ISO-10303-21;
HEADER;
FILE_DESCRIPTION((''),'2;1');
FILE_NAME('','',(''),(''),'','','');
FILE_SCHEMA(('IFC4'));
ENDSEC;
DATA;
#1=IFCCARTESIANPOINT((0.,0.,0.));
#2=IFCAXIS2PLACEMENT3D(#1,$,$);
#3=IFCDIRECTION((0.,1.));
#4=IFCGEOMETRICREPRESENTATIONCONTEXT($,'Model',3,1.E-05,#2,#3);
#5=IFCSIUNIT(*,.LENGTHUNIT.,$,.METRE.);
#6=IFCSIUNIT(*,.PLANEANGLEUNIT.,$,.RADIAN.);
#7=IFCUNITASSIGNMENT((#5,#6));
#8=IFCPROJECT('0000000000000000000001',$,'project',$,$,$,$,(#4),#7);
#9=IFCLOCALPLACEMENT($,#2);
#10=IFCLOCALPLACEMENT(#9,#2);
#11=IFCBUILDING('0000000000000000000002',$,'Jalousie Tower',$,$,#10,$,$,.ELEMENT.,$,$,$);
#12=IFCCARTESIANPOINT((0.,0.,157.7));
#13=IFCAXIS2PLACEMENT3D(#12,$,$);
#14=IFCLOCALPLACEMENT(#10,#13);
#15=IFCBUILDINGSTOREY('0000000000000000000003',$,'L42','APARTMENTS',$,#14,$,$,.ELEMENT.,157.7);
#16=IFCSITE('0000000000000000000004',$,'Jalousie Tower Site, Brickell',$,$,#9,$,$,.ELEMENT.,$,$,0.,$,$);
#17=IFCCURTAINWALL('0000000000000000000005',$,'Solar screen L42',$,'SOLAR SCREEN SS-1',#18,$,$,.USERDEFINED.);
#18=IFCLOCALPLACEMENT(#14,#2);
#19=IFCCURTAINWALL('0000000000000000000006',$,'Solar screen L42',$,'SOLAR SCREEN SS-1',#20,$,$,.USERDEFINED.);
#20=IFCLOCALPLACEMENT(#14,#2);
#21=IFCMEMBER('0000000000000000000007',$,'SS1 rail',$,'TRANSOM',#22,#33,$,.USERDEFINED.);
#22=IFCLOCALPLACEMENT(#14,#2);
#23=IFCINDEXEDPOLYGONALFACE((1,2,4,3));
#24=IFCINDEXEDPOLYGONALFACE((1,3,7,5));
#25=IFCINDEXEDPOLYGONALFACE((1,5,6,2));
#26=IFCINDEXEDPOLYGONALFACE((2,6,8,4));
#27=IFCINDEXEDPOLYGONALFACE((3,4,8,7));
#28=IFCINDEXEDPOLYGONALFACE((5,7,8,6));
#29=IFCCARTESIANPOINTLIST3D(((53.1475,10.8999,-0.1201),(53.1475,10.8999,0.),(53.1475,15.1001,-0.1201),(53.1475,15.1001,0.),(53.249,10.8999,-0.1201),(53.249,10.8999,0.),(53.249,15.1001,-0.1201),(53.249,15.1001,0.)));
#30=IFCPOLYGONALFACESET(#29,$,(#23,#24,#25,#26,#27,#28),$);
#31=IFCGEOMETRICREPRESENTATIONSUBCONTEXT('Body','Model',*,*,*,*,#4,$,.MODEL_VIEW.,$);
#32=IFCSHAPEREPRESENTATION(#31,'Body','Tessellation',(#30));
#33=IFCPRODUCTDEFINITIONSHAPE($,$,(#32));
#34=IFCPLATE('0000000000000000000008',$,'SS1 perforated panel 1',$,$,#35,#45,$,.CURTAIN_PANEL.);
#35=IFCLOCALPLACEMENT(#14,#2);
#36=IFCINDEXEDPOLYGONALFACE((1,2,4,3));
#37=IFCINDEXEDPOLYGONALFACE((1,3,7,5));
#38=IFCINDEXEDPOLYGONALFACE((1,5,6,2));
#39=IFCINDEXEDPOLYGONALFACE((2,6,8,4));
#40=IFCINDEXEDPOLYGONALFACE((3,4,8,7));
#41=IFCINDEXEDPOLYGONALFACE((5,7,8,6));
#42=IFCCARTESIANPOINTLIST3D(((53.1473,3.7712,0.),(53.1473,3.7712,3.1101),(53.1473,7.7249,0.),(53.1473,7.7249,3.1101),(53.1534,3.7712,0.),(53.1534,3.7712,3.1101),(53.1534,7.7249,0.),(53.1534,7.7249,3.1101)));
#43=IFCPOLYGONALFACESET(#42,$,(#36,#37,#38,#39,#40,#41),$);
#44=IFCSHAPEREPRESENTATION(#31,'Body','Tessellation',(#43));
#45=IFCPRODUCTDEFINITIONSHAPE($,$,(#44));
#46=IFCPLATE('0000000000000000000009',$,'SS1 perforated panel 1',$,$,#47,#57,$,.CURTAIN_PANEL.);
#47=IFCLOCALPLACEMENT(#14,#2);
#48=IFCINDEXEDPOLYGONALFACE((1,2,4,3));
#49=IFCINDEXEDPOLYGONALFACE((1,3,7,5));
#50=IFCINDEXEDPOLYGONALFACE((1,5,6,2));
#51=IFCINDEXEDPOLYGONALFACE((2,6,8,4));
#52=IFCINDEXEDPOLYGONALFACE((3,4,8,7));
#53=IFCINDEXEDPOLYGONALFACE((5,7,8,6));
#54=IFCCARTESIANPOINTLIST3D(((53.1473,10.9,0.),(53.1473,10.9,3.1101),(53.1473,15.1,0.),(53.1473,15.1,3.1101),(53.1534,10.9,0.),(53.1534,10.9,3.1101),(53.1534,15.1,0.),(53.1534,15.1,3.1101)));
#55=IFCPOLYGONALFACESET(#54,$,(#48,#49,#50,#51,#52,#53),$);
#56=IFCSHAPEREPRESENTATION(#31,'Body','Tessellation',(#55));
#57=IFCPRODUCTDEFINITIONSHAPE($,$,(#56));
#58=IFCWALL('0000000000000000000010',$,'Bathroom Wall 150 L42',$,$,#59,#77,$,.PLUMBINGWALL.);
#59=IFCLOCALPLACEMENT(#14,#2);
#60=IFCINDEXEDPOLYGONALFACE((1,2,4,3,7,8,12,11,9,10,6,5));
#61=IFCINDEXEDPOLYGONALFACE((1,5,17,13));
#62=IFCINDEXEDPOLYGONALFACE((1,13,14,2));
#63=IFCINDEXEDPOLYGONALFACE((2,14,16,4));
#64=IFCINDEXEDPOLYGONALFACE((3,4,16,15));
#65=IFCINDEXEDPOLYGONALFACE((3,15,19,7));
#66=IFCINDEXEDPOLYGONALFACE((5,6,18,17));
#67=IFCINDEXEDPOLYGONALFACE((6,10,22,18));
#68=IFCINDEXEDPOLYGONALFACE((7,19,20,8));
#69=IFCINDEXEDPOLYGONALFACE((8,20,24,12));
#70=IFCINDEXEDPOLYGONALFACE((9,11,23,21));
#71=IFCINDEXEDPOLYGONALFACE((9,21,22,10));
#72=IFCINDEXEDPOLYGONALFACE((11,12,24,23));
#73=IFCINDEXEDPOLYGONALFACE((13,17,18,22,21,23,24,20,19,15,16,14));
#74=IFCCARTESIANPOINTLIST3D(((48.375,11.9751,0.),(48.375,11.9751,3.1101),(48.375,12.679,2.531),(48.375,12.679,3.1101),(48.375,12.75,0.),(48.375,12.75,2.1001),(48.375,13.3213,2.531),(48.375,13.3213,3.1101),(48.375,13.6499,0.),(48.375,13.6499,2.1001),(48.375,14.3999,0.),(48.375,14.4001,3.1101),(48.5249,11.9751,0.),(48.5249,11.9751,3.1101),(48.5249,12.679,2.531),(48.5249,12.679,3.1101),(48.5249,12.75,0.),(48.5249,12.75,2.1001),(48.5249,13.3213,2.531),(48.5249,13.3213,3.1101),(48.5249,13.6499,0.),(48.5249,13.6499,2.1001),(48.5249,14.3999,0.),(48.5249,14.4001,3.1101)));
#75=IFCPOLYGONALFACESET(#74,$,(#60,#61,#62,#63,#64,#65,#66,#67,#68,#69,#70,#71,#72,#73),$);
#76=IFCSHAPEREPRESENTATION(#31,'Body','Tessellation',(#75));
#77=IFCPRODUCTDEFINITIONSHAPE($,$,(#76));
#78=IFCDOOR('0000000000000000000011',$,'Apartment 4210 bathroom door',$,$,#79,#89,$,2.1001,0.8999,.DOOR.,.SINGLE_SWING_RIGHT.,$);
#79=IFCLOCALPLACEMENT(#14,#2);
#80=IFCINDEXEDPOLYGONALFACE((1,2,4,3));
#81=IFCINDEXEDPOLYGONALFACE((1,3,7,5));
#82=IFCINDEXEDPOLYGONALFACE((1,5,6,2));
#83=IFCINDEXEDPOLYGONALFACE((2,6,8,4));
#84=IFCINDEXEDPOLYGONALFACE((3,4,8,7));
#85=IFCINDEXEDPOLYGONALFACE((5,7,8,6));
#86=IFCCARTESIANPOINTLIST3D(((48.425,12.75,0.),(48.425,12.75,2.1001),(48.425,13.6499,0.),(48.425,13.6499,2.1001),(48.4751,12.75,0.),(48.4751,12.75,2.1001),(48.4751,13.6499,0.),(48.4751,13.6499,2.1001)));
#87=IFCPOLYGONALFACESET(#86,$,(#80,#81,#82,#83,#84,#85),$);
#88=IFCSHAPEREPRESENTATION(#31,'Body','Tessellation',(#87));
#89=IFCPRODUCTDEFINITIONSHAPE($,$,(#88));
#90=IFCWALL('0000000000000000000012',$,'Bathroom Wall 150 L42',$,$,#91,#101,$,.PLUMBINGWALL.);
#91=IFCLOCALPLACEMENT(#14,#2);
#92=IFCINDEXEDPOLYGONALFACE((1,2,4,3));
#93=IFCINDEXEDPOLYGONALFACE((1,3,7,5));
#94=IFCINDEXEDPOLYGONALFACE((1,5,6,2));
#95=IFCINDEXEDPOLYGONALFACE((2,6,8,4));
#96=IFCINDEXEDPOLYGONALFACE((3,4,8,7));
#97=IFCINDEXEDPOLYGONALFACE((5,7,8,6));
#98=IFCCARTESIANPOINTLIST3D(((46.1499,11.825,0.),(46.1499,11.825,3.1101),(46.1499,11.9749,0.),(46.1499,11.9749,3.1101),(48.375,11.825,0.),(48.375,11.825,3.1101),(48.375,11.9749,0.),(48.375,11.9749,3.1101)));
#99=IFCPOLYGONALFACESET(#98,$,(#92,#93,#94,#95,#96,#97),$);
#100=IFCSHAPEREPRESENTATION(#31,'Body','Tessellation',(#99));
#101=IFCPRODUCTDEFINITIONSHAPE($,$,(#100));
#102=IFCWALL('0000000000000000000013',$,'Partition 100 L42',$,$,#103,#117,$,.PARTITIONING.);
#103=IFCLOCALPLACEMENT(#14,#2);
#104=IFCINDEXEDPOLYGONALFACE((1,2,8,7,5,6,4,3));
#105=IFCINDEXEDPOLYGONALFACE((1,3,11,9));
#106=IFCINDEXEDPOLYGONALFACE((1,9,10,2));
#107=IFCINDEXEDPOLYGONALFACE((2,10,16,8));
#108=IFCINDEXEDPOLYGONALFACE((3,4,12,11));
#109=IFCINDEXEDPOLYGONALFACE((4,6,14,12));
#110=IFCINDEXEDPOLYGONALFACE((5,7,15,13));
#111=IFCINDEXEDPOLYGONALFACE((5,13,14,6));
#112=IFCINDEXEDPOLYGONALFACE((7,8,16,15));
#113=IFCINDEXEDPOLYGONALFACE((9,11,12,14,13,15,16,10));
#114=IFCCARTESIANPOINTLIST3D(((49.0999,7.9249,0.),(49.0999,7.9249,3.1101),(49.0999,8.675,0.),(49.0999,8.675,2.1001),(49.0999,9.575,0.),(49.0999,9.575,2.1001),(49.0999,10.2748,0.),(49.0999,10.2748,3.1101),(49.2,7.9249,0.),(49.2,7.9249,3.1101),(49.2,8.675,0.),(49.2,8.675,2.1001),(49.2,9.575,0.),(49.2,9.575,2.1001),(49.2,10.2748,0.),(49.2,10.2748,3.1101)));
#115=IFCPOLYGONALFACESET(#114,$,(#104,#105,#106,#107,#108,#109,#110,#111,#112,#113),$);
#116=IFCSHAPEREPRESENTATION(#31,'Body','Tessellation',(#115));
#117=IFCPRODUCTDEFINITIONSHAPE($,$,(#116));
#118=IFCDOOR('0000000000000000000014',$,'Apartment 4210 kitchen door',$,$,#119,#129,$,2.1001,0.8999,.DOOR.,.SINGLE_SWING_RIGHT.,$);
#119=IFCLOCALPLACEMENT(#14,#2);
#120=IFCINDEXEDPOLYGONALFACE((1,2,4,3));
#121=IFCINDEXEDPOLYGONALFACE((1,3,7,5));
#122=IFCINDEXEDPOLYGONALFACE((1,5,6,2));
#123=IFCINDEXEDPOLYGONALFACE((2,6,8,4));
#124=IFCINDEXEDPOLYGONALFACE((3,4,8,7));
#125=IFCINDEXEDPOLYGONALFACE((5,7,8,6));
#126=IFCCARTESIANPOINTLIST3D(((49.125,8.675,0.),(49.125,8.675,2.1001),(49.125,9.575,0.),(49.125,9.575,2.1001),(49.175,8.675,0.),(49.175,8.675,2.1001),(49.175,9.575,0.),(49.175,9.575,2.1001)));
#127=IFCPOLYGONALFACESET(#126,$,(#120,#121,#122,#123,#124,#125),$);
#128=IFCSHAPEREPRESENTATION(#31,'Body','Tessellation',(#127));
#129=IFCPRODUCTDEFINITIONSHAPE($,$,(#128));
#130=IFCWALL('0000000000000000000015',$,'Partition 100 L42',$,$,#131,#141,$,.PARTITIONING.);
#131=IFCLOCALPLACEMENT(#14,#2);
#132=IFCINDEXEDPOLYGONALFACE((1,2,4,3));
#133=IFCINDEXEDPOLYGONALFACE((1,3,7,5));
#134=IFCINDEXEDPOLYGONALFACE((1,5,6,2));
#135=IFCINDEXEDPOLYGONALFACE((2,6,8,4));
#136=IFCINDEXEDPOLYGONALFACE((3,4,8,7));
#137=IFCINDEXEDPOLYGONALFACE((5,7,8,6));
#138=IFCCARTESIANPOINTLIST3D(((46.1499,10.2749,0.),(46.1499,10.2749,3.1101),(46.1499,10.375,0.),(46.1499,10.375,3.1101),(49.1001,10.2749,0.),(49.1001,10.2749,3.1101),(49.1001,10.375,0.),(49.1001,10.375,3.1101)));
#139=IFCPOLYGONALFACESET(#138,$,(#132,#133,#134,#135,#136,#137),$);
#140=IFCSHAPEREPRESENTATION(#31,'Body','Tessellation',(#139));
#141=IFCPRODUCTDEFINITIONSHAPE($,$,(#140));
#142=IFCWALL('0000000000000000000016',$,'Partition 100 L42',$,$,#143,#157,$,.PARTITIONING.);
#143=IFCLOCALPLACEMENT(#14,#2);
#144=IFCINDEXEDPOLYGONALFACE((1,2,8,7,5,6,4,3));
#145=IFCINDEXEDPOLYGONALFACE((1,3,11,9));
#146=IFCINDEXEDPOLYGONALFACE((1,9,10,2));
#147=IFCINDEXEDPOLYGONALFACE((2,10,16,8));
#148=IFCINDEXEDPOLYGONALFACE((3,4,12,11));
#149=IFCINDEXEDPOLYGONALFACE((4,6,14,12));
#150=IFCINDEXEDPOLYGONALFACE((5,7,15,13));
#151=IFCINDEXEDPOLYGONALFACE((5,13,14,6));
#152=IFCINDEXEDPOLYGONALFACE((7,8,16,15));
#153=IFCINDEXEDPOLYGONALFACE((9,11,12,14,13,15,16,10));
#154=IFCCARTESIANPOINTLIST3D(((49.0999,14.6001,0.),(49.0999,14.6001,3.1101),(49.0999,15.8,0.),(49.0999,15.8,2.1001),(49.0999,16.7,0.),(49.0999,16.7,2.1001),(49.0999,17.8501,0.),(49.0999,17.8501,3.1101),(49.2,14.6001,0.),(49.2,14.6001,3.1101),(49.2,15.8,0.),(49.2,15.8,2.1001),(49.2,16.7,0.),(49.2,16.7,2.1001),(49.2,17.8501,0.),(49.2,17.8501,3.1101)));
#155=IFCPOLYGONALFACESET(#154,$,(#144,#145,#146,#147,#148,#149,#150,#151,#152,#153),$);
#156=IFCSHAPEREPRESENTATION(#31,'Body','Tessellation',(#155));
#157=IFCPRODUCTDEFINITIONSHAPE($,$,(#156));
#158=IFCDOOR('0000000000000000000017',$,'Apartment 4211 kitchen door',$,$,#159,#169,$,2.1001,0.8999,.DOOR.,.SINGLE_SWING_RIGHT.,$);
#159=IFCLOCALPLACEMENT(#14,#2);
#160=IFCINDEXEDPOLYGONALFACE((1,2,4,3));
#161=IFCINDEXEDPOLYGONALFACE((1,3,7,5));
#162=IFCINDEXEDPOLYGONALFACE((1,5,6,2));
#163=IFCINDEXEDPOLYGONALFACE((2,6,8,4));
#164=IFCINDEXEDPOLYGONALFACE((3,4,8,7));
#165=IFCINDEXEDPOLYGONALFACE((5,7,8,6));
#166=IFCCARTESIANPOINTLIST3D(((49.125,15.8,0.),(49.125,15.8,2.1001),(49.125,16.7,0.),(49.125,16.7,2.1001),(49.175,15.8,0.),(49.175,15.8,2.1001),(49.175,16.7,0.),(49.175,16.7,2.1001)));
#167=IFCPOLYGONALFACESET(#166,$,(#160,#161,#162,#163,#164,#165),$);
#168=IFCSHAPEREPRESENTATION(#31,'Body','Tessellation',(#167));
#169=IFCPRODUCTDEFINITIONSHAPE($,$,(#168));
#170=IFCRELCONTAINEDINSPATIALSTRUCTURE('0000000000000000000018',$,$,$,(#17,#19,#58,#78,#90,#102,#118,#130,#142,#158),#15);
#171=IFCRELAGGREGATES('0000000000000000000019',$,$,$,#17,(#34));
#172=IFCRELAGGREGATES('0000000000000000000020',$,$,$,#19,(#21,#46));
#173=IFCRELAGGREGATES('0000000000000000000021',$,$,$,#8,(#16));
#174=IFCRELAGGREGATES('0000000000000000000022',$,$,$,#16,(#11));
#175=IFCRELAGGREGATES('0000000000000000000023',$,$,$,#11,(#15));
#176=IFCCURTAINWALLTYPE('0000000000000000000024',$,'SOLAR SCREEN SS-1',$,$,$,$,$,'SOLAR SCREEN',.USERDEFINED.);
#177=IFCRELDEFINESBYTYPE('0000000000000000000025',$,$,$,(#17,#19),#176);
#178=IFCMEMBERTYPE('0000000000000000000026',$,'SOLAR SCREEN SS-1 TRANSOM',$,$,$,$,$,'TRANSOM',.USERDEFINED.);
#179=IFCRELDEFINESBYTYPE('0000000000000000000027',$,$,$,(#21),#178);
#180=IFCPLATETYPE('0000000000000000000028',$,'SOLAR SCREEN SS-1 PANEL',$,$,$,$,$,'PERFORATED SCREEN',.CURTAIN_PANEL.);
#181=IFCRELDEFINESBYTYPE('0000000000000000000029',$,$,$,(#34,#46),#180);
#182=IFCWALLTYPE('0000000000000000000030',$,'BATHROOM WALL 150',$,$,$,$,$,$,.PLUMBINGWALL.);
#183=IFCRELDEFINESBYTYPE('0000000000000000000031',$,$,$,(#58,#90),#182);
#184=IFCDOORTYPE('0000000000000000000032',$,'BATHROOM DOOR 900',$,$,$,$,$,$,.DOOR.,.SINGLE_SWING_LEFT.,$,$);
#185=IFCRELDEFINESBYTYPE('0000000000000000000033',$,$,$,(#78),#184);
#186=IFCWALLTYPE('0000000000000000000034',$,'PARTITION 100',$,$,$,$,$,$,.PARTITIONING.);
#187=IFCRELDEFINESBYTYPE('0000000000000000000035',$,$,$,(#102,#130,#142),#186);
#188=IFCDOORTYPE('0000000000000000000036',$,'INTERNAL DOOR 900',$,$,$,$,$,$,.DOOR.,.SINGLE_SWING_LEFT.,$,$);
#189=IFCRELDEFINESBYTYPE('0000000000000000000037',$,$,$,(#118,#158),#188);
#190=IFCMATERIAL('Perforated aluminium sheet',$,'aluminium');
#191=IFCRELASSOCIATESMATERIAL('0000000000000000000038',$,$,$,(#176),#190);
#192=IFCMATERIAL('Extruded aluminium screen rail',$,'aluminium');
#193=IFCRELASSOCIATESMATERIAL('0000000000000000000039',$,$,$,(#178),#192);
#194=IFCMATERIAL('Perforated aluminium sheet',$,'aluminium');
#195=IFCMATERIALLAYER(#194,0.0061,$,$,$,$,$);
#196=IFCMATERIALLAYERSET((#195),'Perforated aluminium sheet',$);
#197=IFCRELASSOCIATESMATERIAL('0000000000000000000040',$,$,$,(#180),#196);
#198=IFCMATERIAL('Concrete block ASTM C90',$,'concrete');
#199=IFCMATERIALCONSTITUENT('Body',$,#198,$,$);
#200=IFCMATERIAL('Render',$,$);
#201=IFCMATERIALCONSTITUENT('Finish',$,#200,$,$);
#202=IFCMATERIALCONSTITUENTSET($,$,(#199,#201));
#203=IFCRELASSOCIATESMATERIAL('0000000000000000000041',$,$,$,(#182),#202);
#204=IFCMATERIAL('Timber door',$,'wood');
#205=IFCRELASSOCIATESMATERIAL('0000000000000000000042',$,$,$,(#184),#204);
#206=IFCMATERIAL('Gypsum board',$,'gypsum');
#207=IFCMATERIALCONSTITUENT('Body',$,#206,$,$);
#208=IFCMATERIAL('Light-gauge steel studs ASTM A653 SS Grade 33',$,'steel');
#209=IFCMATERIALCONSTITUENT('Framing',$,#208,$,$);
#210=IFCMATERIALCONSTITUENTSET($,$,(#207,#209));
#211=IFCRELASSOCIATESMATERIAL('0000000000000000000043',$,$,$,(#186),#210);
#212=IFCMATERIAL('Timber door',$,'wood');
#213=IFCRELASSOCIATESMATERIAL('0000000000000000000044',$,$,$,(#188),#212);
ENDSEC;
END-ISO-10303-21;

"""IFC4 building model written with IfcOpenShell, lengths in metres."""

from ifc_helpers import new_model, si_unit, direction, frame, frame_2d, origin, origin_2d, place, context, subcontext, project, spatial, polyline, rectangle, outline, extrude, material, layer, layer_set, constituent, constituent_set, material_profile, profile_set, type_object, element, fill, aggregate, save


model = new_model("IFC4")

# Units and contexts
model_context = context("Model", 3, precision=1e-05, world=origin(), true_north=direction((0.0, 1.0)))
body_context = subcontext(model_context, "Body", "Model", "MODEL_VIEW")
ifc_project = project(units=[si_unit("LENGTHUNIT", "METRE"), si_unit("PLANEANGLEUNIT", "RADIAN")], contexts=[model_context])

# Site, building, storey
site_placement = place(None, origin())
site = spatial("IfcSite", under=ifc_project, at=site_placement, Name="Jalousie Tower Site, Brickell", CompositionType="ELEMENT", RefElevation=0.0)
building_placement = place(site_placement, origin())
building = spatial("IfcBuilding", under=site, at=building_placement, Name="Jalousie Tower", CompositionType="ELEMENT")
storey_placement = place(building_placement, frame((0.0, 0.0, 157.7)))
storey = spatial("IfcBuildingStorey", under=building, at=storey_placement, Name="L42", Description="APARTMENTS", CompositionType="ELEMENT", Elevation=157.7)

# Curtain wall
ifc_material_1 = material(Name="Perforated aluminium sheet", Category="aluminium")
curtain_wall_type = type_object("IfcCurtainWallType", Name="SOLAR SCREEN SS-1", ElementType="SOLAR SCREEN", PredefinedType="USERDEFINED", material=ifc_material_1)
curtain_wall_1_placement = place(storey_placement, origin())
curtain_wall_1 = element("IfcCurtainWall", 1, at=curtain_wall_1_placement, inside=storey, type_object=curtain_wall_type, Name="Solar screen L42", ObjectType="SOLAR SCREEN SS-1", PredefinedType="USERDEFINED")

# Curtain wall, member
curtain_wall_2_placement = place(storey_placement, origin())
curtain_wall_2 = element("IfcCurtainWall", 2, at=curtain_wall_2_placement, inside=storey, type_object=curtain_wall_type, Name="Solar screen L42", ObjectType="SOLAR SCREEN SS-1", PredefinedType="USERDEFINED")
ifc_material_2 = material(Name="Extruded aluminium screen rail", Category="aluminium")
ifc_material_profile_1 = material_profile(ifc_material_2, rectangle(XDim=0.1016, YDim=0.1201, at=origin_2d()), Name="RAIL 102x120")
ifc_profile_set_1 = profile_set([ifc_material_profile_1], Name="Extruded aluminium screen rail")
member_type_1 = type_object("IfcMemberType", Name="SOLAR SCREEN SS-1 TRANSOM", ElementType="TRANSOM", PredefinedType="USERDEFINED", material=ifc_profile_set_1)
member_1_placement = place(storey_placement, frame((53.1982, 10.8999, -0.0601), z_axis=(0.0, 1.0, 0.0), x_axis=(-1.0, 0.0, 0.0)))
member_1 = element("IfcMember", 3, at=member_1_placement, type_object=member_type_1, Name="SS1 rail", ObjectType="TRANSOM", PredefinedType="USERDEFINED", context=body_context, shape_type="SweptSolid", body=[
    extrude(rectangle(XDim=0.1016, YDim=0.1201, at=origin_2d()), origin(), (0.0, 0.0, 1.0), 4.2002),
])

# Plates
ifc_material_3 = material(Name="Perforated aluminium sheet", Category="aluminium")
ifc_layer_1 = layer(ifc_material_3, 0.0061)
ifc_layer_set_1 = layer_set([ifc_layer_1], Name="Perforated aluminium sheet")
plate_type = type_object("IfcPlateType", Name="SOLAR SCREEN SS-1 PANEL", ElementType="PERFORATED SCREEN", PredefinedType="CURTAIN_PANEL", material=ifc_layer_set_1)
plate_1_placement = place(storey_placement, frame((53.1504, 5.748, 0.0), z_axis=(0.0, 0.0, 1.0), x_axis=(0.0, 1.0, 0.0)))
plate_1 = element("IfcPlate", 4, at=plate_1_placement, type_object=plate_type, Name="SS1 perforated panel 1", PredefinedType="CURTAIN_PANEL", context=body_context, shape_type="SweptSolid", body=[
    extrude(rectangle(XDim=3.9536, YDim=0.0061, at=origin_2d()), origin(), (0.0, 0.0, 1.0), 3.1101),
])
aggregate(curtain_wall_1, [plate_1])
plate_2_placement = place(storey_placement, frame((53.1504, 13.0, 0.0), z_axis=(0.0, 0.0, 1.0), x_axis=(0.0, 1.0, 0.0)))
plate_2 = element("IfcPlate", 5, at=plate_2_placement, type_object=plate_type, Name="SS1 perforated panel 1", PredefinedType="CURTAIN_PANEL", context=body_context, shape_type="SweptSolid", body=[
    extrude(rectangle(XDim=4.2, YDim=0.0061, at=origin_2d()), origin(), (0.0, 0.0, 1.0), 3.1101),
])
aggregate(curtain_wall_2, [member_1, plate_2])

# Wall, opening, door
ifc_material_4 = material(Name="Concrete block ASTM C90", Category="concrete")
ifc_constituent_1 = constituent(ifc_material_4, Name="Body")
ifc_material_5 = material(Name="Render")
ifc_constituent_2 = constituent(ifc_material_5, Name="Finish")
ifc_constituent_set_1 = constituent_set(constituents=[ifc_constituent_1, ifc_constituent_2])
wall_type_1 = type_object("IfcWallType", Name="BATHROOM WALL 150", PredefinedType="PLUMBINGWALL", material=ifc_constituent_set_1)
wall_1_placement = place(storey_placement, frame((48.45, 11.9751, 0.0), z_axis=(0.0, 0.0, 1.0), x_axis=(0.0, 1.0, 0.0)))
wall_1 = element("IfcWall", 6, at=wall_1_placement, inside=storey, type_object=wall_type_1, Name="Bathroom Wall 150 L42", PredefinedType="PLUMBINGWALL", context=body_context, shape_type="SweptSolid", body=[
    extrude(outline(polyline([(0.0, 0.0), (2.4248, 0.0), (2.425, 3.1101), (1.3462, 3.1101), (1.3462, 2.531), (0.7039, 2.531), (0.7039, 3.1101), (0.0, 3.1101), (0.0, 0.0)])), frame((0.0, 0.075, 0.0), z_axis=(0.0, -1.0, 0.0), x_axis=(1.0, 0.0, 0.0)), (0.0, 0.0, 1.0), 0.1499),
])
opening_1_placement = place(wall_1_placement, frame((0.7749, 0.0, 0.0)))
opening_1 = element("IfcOpeningElement", 7, at=opening_1_placement, cuts=wall_1, PredefinedType="OPENING", context=body_context, shape_type="SweptSolid", body=[
    extrude(rectangle(XDim=0.8999, YDim=2.1001, at=frame_2d((0.45, 1.05))), frame((0.0, 0.085, 0.0), z_axis=(0.0, -1.0, 0.0), x_axis=(1.0, 0.0, 0.0)), (0.0, 0.0, 1.0), 0.1699),
])
ifc_material_6 = material(Name="Timber door", Category="wood")
door_type_1 = type_object("IfcDoorType", Name="BATHROOM DOOR 900", OperationType="SINGLE_SWING_LEFT", PredefinedType="DOOR", material=ifc_material_6)
door_1_placement = place(opening_1_placement, origin())
door_1 = element("IfcDoor", 8, at=door_1_placement, inside=storey, type_object=door_type_1, Name="Apartment 4210 bathroom door", OperationType="SINGLE_SWING_RIGHT", OverallHeight=2.1001, OverallWidth=0.8999, PredefinedType="DOOR", context=body_context, shape_type="SweptSolid", body=[
    extrude(rectangle(XDim=0.8999, YDim=2.1001, at=frame_2d((0.45, 1.05))), frame((0.0, 0.0249, 0.0), z_axis=(0.0, -1.0, 0.0), x_axis=(1.0, 0.0, 0.0)), (0.0, 0.0, 1.0), 0.05),
])
fill(opening_1, door_1)

# Wall
wall_2_placement = place(storey_placement, frame((48.375, 11.8999, 0.0), z_axis=(0.0, 0.0, 1.0), x_axis=(-1.0, 0.0, 0.0)))
element("IfcWall", 9, at=wall_2_placement, inside=storey, type_object=wall_type_1, Name="Bathroom Wall 150 L42", PredefinedType="PLUMBINGWALL", context=body_context, shape_type="SweptSolid", body=[
    extrude(rectangle(XDim=2.2251, YDim=0.1499, at=frame_2d((1.1125, 0.0))), origin(), (0.0, 0.0, 1.0), 3.1101),
])

# Wall, opening, door
ifc_material_7 = material(Name="Gypsum board", Category="gypsum")
ifc_constituent_3 = constituent(ifc_material_7, Name="Body")
ifc_material_8 = material(Name="Light-gauge steel studs ASTM A653 SS Grade 33", Category="steel")
ifc_constituent_4 = constituent(ifc_material_8, Name="Framing")
ifc_constituent_set_2 = constituent_set(constituents=[ifc_constituent_3, ifc_constituent_4])
wall_type_2 = type_object("IfcWallType", Name="PARTITION 100", PredefinedType="PARTITIONING", material=ifc_constituent_set_2)
wall_3_placement = place(storey_placement, frame((49.1499, 7.925, 0.0), z_axis=(0.0, 0.0, 1.0), x_axis=(0.0, 1.0, 0.0)))
wall_3 = element("IfcWall", 10, at=wall_3_placement, inside=storey, type_object=wall_type_2, Name="Partition 100 L42", PredefinedType="PARTITIONING", context=body_context, shape_type="SweptSolid", body=[
    extrude(rectangle(XDim=2.3499, YDim=0.1001, at=frame_2d((1.1748, 0.0))), origin(), (0.0, 0.0, 1.0), 3.1101),
])
opening_2_placement = place(wall_3_placement, frame((0.75, 0.0, 0.0)))
opening_2 = element("IfcOpeningElement", 11, at=opening_2_placement, cuts=wall_3, PredefinedType="OPENING", context=body_context, shape_type="SweptSolid", body=[
    extrude(rectangle(XDim=0.8999, YDim=2.1001, at=frame_2d((0.45, 1.05))), frame((0.0, 0.0601, 0.0), z_axis=(0.0, -1.0, 0.0), x_axis=(1.0, 0.0, 0.0)), (0.0, 0.0, 1.0), 0.1201),
])
ifc_material_9 = material(Name="Timber door", Category="wood")
door_type_2 = type_object("IfcDoorType", Name="INTERNAL DOOR 900", OperationType="SINGLE_SWING_LEFT", PredefinedType="DOOR", material=ifc_material_9)
door_2_placement = place(opening_2_placement, origin())
door_2 = element("IfcDoor", 12, at=door_2_placement, inside=storey, type_object=door_type_2, Name="Apartment 4210 kitchen door", OperationType="SINGLE_SWING_RIGHT", OverallHeight=2.1001, OverallWidth=0.8999, PredefinedType="DOOR", context=body_context, shape_type="SweptSolid", body=[
    extrude(rectangle(XDim=0.8999, YDim=2.1001, at=frame_2d((0.45, 1.05))), frame((0.0, 0.0249, 0.0), z_axis=(0.0, -1.0, 0.0), x_axis=(1.0, 0.0, 0.0)), (0.0, 0.0, 1.0), 0.05),
])
fill(opening_2, door_2)

# Wall
wall_4_placement = place(storey_placement, frame((49.1001, 10.325, 0.0), z_axis=(0.0, 0.0, 1.0), x_axis=(-1.0, 0.0, 0.0)))
element("IfcWall", 13, at=wall_4_placement, inside=storey, type_object=wall_type_2, Name="Partition 100 L42", PredefinedType="PARTITIONING", context=body_context, shape_type="SweptSolid", body=[
    extrude(rectangle(XDim=2.9502, YDim=0.1001, at=frame_2d((1.4751, 0.0))), origin(), (0.0, 0.0, 1.0), 3.1101),
])

# Wall, opening, door
wall_5_placement = place(storey_placement, frame((49.1499, 14.6001, 0.0), z_axis=(0.0, 0.0, 1.0), x_axis=(0.0, 1.0, 0.0)))
wall_5 = element("IfcWall", 14, at=wall_5_placement, inside=storey, type_object=wall_type_2, Name="Partition 100 L42", PredefinedType="PARTITIONING", context=body_context, shape_type="SweptSolid", body=[
    extrude(rectangle(XDim=3.25, YDim=0.1001, at=frame_2d((1.625, 0.0))), origin(), (0.0, 0.0, 1.0), 3.1101),
])
opening_3_placement = place(wall_5_placement, frame((1.2, 0.0, 0.0)))
opening_3 = element("IfcOpeningElement", 15, at=opening_3_placement, cuts=wall_5, PredefinedType="OPENING", context=body_context, shape_type="SweptSolid", body=[
    extrude(rectangle(XDim=0.8999, YDim=2.1001, at=frame_2d((0.45, 1.05))), frame((0.0, 0.0601, 0.0), z_axis=(0.0, -1.0, 0.0), x_axis=(1.0, 0.0, 0.0)), (0.0, 0.0, 1.0), 0.1201),
])
door_3_placement = place(opening_3_placement, origin())
door_3 = element("IfcDoor", 16, at=door_3_placement, inside=storey, type_object=door_type_2, Name="Apartment 4211 kitchen door", OperationType="SINGLE_SWING_RIGHT", OverallHeight=2.1001, OverallWidth=0.8999, PredefinedType="DOOR", context=body_context, shape_type="SweptSolid", body=[
    extrude(rectangle(XDim=0.8999, YDim=2.1001, at=frame_2d((0.45, 1.05))), frame((0.0, 0.0249, 0.0), z_axis=(0.0, -1.0, 0.0), x_axis=(1.0, 0.0, 0.0)), (0.0, 0.0, 1.0), 0.05),
])
fill(opening_3, door_3)

save(model, "model.ifc")
